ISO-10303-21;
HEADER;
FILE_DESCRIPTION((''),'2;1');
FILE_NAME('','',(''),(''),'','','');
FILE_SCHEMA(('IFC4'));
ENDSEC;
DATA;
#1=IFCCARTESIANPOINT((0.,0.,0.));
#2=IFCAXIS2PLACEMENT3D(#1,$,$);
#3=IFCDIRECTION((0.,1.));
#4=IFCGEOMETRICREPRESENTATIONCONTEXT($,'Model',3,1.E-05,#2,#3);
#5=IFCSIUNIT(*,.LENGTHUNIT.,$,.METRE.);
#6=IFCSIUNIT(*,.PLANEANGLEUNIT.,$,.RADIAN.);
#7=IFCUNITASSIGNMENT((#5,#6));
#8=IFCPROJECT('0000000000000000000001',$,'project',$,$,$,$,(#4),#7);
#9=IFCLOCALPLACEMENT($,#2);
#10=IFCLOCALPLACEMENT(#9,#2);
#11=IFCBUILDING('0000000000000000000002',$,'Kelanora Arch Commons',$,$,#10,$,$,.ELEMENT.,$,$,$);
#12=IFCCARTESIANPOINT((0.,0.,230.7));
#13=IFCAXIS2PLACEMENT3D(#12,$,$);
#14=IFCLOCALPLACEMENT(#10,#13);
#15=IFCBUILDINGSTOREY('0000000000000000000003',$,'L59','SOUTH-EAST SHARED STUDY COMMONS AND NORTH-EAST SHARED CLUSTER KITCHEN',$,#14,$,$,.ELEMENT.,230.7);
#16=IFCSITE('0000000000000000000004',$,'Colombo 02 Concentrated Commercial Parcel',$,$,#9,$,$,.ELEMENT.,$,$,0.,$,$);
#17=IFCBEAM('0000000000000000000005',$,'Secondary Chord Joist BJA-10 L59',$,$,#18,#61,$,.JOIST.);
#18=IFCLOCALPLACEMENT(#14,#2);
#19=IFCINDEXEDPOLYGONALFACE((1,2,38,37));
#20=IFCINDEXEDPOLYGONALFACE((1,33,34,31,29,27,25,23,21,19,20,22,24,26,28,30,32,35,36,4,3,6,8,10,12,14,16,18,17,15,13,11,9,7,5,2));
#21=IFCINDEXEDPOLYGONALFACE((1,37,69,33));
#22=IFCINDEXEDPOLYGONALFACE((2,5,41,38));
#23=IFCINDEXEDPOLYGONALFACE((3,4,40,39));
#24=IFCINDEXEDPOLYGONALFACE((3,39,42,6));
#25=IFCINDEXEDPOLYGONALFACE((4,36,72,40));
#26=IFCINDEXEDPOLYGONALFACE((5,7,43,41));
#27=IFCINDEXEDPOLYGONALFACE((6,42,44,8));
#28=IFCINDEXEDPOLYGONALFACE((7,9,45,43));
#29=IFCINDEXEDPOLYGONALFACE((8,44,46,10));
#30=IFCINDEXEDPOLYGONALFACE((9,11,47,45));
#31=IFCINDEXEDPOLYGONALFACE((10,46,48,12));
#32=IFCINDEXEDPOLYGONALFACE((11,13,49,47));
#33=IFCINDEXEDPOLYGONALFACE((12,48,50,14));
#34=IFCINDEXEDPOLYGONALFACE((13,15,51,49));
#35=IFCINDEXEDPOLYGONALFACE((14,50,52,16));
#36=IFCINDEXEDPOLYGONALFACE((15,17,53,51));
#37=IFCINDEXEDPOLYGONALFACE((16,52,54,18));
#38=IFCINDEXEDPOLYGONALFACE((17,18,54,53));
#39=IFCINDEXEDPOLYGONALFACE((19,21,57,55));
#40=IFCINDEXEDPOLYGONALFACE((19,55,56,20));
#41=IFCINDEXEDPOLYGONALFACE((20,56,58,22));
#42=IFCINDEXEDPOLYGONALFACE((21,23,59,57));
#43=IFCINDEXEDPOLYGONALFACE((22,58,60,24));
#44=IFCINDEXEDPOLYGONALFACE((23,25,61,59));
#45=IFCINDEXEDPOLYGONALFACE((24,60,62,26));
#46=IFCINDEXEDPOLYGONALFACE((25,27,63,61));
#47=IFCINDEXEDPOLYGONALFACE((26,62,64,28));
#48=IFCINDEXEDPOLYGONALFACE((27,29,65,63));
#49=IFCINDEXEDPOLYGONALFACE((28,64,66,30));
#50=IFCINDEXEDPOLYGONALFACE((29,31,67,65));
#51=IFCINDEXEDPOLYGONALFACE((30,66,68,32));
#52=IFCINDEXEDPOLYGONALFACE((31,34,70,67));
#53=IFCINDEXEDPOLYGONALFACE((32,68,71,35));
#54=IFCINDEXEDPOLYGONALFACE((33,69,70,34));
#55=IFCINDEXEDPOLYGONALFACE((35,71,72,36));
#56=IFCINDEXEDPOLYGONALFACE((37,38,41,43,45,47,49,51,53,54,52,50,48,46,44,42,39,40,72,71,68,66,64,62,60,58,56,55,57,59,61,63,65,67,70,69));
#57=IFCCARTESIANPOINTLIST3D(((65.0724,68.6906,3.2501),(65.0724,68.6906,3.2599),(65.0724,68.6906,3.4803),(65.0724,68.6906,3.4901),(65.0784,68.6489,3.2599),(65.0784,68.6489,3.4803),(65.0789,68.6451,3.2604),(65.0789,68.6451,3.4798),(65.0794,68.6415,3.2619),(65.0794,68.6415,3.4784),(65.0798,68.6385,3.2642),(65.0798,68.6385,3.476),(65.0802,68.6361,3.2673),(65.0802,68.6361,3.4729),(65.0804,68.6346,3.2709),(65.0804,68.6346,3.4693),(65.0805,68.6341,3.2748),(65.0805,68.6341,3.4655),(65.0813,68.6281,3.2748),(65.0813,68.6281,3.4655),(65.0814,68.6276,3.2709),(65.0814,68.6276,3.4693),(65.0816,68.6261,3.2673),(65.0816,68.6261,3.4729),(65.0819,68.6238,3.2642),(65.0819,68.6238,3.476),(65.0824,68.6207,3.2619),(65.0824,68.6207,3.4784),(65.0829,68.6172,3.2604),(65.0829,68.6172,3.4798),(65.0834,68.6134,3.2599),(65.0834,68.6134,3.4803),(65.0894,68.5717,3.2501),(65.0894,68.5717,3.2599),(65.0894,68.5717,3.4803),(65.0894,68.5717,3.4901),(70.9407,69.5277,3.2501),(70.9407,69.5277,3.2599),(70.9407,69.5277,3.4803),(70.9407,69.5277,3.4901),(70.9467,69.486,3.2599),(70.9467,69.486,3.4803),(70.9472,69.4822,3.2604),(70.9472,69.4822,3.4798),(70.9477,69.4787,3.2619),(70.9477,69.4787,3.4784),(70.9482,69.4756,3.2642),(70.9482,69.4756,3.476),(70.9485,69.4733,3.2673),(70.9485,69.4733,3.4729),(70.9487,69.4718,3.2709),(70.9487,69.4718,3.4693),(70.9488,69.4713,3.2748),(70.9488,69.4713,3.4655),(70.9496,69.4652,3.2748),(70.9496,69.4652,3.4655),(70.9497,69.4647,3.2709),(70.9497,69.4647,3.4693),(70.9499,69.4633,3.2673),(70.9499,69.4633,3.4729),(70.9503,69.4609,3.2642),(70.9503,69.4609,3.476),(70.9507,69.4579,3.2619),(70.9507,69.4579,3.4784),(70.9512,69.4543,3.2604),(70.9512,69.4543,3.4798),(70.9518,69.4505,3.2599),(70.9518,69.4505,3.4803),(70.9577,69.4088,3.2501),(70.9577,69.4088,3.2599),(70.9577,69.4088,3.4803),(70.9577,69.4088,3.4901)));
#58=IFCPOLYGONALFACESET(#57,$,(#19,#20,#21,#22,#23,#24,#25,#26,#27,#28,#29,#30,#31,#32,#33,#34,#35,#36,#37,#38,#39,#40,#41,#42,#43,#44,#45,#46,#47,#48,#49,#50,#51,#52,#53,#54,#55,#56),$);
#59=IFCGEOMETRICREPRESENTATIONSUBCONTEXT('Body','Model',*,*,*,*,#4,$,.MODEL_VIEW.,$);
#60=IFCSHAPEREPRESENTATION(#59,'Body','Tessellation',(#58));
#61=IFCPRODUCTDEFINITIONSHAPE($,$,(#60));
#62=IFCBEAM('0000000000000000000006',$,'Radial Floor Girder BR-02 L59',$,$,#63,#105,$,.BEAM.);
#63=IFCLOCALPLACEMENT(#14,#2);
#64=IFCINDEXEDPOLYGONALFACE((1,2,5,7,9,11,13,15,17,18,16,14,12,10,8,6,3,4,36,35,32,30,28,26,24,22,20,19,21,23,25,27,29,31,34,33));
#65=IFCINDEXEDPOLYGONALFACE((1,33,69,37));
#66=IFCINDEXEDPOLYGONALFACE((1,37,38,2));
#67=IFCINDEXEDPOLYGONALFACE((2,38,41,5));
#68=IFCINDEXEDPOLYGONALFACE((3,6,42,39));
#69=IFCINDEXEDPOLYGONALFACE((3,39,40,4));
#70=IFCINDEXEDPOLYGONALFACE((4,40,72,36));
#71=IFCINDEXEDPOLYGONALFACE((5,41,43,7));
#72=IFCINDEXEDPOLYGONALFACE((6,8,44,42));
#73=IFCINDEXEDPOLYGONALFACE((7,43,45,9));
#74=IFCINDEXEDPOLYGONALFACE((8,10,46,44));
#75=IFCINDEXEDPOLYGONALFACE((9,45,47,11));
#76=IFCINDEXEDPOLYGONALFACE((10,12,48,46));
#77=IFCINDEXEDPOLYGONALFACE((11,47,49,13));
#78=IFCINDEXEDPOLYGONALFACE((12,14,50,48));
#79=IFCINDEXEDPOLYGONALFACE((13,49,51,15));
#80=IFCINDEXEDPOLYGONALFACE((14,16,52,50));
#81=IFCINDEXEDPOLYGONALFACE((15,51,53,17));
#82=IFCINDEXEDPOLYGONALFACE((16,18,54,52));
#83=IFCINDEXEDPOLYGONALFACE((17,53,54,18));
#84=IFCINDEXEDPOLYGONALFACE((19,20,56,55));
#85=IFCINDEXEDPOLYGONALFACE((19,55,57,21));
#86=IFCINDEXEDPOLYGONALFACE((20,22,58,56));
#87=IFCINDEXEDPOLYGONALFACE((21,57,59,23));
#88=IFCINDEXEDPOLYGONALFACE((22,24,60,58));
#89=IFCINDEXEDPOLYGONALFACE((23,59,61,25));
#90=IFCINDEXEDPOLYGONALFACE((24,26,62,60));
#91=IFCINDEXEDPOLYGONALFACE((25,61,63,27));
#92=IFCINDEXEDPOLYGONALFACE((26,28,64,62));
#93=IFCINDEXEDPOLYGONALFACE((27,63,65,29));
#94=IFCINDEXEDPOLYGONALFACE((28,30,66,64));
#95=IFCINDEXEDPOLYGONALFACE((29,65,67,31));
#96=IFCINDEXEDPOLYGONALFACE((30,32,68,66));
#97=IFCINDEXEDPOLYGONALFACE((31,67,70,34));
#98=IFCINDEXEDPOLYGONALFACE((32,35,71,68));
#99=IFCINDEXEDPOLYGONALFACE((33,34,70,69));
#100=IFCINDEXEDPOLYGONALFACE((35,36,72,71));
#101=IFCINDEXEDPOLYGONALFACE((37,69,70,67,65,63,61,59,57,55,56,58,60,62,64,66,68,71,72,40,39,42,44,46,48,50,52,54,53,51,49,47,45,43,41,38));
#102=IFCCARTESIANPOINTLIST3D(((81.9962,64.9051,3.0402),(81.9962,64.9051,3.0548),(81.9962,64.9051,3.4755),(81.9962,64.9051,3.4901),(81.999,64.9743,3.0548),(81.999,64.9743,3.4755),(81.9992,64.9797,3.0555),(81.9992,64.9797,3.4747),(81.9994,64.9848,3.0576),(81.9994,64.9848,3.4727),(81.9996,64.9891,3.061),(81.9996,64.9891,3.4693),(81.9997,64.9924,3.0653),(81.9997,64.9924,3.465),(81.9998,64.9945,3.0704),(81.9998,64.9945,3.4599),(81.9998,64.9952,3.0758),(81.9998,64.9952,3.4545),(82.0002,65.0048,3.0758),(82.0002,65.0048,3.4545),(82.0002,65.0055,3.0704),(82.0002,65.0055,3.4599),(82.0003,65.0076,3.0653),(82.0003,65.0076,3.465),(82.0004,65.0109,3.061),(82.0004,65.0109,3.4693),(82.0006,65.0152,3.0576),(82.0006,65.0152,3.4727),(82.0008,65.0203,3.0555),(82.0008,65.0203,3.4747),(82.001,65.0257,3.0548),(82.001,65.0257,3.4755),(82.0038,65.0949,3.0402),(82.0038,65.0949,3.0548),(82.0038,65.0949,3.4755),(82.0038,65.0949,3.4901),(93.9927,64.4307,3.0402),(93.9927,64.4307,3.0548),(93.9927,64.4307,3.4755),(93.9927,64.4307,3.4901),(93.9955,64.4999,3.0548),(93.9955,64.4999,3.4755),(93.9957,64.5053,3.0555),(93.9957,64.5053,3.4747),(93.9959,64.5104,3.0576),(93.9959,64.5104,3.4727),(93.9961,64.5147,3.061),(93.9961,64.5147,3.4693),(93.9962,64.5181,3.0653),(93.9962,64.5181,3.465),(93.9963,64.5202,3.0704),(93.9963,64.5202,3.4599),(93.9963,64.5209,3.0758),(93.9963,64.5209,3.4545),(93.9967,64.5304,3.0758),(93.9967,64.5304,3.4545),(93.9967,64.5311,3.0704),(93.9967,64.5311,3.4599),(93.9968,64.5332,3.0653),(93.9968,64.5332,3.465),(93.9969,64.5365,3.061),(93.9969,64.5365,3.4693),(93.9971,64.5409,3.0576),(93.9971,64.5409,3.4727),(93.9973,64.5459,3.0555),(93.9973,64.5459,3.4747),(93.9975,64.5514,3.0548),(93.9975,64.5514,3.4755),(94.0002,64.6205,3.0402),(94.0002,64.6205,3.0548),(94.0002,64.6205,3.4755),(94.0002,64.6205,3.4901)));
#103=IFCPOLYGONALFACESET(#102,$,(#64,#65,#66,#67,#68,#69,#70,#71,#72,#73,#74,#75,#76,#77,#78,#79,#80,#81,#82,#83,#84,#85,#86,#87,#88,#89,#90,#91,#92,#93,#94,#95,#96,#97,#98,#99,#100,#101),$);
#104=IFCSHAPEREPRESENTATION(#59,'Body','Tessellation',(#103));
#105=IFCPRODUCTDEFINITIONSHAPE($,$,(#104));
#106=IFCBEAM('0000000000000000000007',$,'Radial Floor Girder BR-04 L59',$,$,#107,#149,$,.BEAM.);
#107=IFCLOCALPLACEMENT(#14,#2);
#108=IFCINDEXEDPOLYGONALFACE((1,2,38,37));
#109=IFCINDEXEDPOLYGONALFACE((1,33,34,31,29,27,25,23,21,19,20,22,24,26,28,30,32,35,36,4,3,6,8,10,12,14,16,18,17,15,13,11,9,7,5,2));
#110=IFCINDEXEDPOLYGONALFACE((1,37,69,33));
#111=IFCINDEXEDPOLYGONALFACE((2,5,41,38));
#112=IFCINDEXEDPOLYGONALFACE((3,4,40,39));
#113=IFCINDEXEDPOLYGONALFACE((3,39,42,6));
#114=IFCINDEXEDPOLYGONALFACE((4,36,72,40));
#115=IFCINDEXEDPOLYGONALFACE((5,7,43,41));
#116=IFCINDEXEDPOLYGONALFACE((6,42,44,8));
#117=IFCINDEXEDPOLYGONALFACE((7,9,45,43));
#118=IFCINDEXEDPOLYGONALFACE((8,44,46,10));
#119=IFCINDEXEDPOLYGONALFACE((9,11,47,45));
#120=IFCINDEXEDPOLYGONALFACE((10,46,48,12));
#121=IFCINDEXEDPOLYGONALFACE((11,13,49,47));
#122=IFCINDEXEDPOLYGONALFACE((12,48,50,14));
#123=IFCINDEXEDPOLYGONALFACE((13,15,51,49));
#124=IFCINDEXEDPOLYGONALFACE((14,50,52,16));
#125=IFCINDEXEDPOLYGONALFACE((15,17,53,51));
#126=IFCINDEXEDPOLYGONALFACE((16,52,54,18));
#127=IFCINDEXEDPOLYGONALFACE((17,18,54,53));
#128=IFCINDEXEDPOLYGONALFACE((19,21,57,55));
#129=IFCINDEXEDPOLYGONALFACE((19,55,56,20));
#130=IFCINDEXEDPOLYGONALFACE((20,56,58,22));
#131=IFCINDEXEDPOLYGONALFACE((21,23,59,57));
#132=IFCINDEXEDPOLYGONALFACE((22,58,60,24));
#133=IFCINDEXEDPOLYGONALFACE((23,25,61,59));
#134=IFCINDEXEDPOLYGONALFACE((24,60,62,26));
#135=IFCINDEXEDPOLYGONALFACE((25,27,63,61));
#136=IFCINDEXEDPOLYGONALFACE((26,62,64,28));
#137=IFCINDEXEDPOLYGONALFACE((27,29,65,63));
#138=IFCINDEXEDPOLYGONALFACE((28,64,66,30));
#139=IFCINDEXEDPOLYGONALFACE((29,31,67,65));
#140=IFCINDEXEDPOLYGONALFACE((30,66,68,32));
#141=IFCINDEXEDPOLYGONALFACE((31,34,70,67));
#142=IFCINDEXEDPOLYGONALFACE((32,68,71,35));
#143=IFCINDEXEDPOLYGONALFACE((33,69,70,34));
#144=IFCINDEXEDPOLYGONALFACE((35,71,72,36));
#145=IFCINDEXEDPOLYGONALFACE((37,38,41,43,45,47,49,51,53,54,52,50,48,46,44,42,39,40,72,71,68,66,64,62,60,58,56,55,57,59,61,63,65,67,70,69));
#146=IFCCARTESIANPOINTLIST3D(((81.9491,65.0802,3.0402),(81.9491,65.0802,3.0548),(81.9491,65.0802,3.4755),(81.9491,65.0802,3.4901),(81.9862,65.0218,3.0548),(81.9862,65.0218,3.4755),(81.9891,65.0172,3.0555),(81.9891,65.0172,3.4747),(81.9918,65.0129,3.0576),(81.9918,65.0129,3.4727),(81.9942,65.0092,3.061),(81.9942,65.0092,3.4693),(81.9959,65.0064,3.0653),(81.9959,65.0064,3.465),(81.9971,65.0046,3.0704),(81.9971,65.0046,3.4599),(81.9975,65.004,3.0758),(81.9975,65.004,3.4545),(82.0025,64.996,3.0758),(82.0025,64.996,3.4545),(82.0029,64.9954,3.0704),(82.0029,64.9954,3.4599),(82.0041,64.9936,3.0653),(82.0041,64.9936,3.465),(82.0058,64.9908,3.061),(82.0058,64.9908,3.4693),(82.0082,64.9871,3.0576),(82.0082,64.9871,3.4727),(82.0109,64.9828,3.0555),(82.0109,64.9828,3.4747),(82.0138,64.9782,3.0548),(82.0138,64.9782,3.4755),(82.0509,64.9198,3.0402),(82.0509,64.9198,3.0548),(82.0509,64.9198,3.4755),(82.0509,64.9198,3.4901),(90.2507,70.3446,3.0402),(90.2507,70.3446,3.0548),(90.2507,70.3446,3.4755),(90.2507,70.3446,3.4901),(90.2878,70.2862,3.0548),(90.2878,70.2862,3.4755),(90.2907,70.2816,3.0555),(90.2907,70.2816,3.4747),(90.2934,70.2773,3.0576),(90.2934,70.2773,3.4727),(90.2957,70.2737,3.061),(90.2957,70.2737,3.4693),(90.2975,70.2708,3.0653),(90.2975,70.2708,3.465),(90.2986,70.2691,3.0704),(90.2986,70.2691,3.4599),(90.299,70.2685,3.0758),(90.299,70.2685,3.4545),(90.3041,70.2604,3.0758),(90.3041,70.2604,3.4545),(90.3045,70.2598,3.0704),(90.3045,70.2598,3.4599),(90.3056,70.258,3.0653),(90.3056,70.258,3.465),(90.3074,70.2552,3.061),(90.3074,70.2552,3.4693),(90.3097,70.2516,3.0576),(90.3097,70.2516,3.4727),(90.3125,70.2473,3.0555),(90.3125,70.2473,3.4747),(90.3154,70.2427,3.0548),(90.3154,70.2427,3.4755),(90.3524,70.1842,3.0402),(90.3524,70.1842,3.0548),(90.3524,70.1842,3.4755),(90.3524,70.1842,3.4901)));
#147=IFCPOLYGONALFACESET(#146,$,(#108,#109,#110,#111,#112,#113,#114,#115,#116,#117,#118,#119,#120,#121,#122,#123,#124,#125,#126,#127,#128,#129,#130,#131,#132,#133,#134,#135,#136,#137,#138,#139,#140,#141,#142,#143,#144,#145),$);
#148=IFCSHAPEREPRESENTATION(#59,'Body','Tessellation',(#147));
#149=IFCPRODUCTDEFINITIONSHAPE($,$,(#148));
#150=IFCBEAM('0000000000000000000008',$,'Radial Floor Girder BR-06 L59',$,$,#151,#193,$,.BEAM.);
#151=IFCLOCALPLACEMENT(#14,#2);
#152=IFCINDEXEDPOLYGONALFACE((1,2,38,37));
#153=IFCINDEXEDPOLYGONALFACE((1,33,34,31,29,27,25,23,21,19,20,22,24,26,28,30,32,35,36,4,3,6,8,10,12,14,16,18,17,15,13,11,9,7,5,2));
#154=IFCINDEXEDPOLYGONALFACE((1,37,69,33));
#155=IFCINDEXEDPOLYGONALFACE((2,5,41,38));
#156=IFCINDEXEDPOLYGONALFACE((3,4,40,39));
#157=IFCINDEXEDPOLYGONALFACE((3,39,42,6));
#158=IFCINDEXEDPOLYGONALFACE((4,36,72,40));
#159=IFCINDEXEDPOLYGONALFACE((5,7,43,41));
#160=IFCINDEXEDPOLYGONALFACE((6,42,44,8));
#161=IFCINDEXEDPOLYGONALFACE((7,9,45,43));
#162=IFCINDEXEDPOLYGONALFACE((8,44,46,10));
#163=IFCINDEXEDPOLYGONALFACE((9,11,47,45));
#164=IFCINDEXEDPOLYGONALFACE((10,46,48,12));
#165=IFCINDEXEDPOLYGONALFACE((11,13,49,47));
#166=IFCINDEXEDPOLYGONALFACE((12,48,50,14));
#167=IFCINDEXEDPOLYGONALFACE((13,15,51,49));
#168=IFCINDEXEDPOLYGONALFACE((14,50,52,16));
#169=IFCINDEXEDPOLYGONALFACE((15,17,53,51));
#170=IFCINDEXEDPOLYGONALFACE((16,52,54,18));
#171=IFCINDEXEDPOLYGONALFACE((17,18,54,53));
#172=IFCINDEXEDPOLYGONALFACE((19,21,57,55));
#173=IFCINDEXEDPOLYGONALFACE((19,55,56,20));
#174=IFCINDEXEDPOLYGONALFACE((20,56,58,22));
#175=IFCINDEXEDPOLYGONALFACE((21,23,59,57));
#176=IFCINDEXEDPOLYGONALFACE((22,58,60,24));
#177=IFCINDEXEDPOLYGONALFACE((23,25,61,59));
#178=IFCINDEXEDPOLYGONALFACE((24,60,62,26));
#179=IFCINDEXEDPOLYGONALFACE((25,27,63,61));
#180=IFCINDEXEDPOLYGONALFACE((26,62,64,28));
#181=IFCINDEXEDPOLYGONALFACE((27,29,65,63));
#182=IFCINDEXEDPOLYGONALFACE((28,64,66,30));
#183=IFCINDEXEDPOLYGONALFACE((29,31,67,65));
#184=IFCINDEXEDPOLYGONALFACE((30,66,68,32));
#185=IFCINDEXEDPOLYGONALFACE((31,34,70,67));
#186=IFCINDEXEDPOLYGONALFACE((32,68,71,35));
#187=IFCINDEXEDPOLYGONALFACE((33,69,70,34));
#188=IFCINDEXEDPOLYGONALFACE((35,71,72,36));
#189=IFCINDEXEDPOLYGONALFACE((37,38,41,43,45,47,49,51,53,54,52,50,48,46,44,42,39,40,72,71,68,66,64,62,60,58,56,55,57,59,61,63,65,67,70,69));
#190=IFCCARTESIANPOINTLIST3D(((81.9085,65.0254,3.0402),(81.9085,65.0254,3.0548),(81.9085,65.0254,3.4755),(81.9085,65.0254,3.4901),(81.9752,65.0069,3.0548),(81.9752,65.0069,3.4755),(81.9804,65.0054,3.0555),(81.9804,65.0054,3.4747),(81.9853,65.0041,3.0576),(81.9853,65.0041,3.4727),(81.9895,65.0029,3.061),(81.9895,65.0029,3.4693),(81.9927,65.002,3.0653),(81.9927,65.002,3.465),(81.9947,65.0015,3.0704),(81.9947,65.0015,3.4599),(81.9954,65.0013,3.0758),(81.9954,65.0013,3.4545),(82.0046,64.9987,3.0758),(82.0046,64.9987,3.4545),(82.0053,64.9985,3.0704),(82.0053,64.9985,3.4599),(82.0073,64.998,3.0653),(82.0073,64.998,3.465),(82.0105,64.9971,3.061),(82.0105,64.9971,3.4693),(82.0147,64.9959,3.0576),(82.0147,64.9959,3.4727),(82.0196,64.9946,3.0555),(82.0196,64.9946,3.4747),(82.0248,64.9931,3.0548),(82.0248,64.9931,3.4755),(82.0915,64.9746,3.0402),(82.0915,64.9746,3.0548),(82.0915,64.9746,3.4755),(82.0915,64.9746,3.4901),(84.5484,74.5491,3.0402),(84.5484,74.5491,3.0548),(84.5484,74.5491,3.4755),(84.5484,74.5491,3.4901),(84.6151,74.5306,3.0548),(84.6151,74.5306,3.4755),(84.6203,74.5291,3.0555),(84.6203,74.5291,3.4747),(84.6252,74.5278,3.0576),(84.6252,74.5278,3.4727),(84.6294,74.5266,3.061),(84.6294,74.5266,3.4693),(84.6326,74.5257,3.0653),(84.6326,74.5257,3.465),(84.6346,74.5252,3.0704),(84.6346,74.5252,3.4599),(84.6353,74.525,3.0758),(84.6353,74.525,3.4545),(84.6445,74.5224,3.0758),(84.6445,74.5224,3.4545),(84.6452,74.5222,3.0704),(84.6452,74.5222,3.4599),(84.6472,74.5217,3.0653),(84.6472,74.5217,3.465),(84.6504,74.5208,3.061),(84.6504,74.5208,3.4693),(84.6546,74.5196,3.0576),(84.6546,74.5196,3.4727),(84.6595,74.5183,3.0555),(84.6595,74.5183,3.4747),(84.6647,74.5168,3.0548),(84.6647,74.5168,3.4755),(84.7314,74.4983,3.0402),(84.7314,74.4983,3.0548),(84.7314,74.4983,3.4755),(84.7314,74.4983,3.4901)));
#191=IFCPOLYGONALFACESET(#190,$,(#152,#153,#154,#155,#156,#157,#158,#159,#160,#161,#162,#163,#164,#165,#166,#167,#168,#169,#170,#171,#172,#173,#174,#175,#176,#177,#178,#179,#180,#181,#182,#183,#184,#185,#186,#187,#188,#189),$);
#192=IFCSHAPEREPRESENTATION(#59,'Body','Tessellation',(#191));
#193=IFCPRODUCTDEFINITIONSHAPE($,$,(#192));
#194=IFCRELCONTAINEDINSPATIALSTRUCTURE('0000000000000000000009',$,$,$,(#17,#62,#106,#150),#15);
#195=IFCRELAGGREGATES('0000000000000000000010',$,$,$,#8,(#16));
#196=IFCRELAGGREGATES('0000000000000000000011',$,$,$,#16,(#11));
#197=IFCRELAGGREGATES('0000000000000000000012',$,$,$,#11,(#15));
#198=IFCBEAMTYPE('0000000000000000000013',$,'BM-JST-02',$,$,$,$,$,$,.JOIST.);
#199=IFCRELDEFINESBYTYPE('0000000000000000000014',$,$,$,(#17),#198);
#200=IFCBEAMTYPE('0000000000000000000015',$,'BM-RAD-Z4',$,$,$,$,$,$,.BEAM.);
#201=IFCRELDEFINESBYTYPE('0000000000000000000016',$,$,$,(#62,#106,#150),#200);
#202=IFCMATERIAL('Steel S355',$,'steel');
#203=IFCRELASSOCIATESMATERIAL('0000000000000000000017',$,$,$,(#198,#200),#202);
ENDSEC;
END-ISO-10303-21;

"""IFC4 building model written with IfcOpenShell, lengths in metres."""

from ifc_helpers import new_model, si_unit, direction, frame, origin, origin_2d, place, context, subcontext, project, spatial, i_section, extrude, material, material_profile, profile_set, type_object, element, save


model = new_model("IFC4")

# Units and contexts
model_context = context("Model", 3, precision=1e-05, world=origin(), true_north=direction((0.0, 1.0)))
body_context = subcontext(model_context, "Body", "Model", "MODEL_VIEW")
ifc_project = project(units=[si_unit("LENGTHUNIT", "METRE"), si_unit("PLANEANGLEUNIT", "RADIAN")], contexts=[model_context])

# Site, building, storey
site_placement = place(None, origin())
site = spatial("IfcSite", under=ifc_project, at=site_placement, Name="Colombo 02 Concentrated Commercial Parcel", CompositionType="ELEMENT", RefElevation=0.0)
building_placement = place(site_placement, origin())
building = spatial("IfcBuilding", under=site, at=building_placement, Name="Kelanora Arch Commons", CompositionType="ELEMENT")
storey_placement = place(building_placement, frame((0.0, 0.0, 230.7)))
storey = spatial("IfcBuildingStorey", under=building, at=storey_placement, Name="L59", Description="SOUTH-EAST SHARED STUDY COMMONS AND NORTH-EAST SHARED CLUSTER KITCHEN", CompositionType="ELEMENT", Elevation=230.7)

# Beams
ifc_material_1 = material(Name="Steel S355", Category="steel")
ifc_material_profile_1 = material_profile(ifc_material_1, i_section(OverallWidth=0.1201, OverallDepth=0.24, WebThickness=0.0061, FlangeThickness=0.0098, FilletRadius=0.0149, at=origin_2d()), Name="IPE240")
ifc_profile_set_1 = profile_set([ifc_material_profile_1], Name="Steel S355")
beam_type_1 = type_object("IfcBeamType", Name="BM-JST-02", PredefinedType="JOIST", material=ifc_profile_set_1)
beam_1_placement = place(storey_placement, frame((70.9492, 69.4683, 3.3701), z_axis=(-0.989977, -0.141225, 0.0), x_axis=(0.141225, -0.989977, 0.0)))
element("IfcBeam", 1, at=beam_1_placement, inside=storey, type_object=beam_type_1, Name="Secondary Chord Joist BJA-10 L59", PredefinedType="JOIST", context=body_context, shape_type="SweptSolid", body=[
    extrude(i_section(OverallWidth=0.1201, OverallDepth=0.24, WebThickness=0.0061, FlangeThickness=0.0098, FilletRadius=0.0149, at=origin_2d()), origin(), (0.0, 0.0, 1.0), 5.9277),
])
ifc_material_profile_2 = material_profile(ifc_material_1, i_section(OverallWidth=0.1899, OverallDepth=0.45, WebThickness=0.0095, FlangeThickness=0.0146, FilletRadius=0.021, at=origin_2d()), Name="IPE450")
ifc_profile_set_2 = profile_set([ifc_material_profile_2], Name="Steel S355")
beam_type_2 = type_object("IfcBeamType", Name="BM-RAD-Z4", PredefinedType="BEAM", material=ifc_profile_set_2)
beam_2_placement = place(storey_placement, frame((82.0, 65.0, 3.2651), z_axis=(0.999219, -0.039511, 0.0), x_axis=(0.039511, 0.999219, 0.0)))
element("IfcBeam", 2, at=beam_2_placement, inside=storey, type_object=beam_type_2, Name="Radial Floor Girder BR-02 L59", PredefinedType="BEAM", context=body_context, shape_type="SweptSolid", body=[
    extrude(i_section(OverallWidth=0.1899, OverallDepth=0.45, WebThickness=0.0095, FlangeThickness=0.0146, FilletRadius=0.021, at=origin_2d()), origin(), (0.0, 0.0, 1.0), 12.0059),
])
beam_3_placement = place(storey_placement, frame((82.0, 65.0, 3.2651), z_axis=(0.844507, 0.535544, 0.0), x_axis=(-0.535544, 0.844507, 0.0)))
element("IfcBeam", 3, at=beam_3_placement, inside=storey, type_object=beam_type_2, Name="Radial Floor Girder BR-04 L59", PredefinedType="BEAM", context=body_context, shape_type="SweptSolid", body=[
    extrude(i_section(OverallWidth=0.1899, OverallDepth=0.45, WebThickness=0.0095, FlangeThickness=0.0146, FilletRadius=0.021, at=origin_2d()), origin(), (0.0, 0.0, 1.0), 9.8301),
])
beam_4_placement = place(storey_placement, frame((82.0, 65.0, 3.2651), z_axis=(0.26712, 0.963663, 0.0), x_axis=(-0.963663, 0.26712, 0.0)))
element("IfcBeam", 4, at=beam_4_placement, inside=storey, type_object=beam_type_2, Name="Radial Floor Girder BR-06 L59", PredefinedType="BEAM", context=body_context, shape_type="SweptSolid", body=[
    extrude(i_section(OverallWidth=0.1899, OverallDepth=0.45, WebThickness=0.0095, FlangeThickness=0.0146, FilletRadius=0.021, at=origin_2d()), origin(), (0.0, 0.0, 1.0), 9.8828),
])

save(model, "model.ifc")
